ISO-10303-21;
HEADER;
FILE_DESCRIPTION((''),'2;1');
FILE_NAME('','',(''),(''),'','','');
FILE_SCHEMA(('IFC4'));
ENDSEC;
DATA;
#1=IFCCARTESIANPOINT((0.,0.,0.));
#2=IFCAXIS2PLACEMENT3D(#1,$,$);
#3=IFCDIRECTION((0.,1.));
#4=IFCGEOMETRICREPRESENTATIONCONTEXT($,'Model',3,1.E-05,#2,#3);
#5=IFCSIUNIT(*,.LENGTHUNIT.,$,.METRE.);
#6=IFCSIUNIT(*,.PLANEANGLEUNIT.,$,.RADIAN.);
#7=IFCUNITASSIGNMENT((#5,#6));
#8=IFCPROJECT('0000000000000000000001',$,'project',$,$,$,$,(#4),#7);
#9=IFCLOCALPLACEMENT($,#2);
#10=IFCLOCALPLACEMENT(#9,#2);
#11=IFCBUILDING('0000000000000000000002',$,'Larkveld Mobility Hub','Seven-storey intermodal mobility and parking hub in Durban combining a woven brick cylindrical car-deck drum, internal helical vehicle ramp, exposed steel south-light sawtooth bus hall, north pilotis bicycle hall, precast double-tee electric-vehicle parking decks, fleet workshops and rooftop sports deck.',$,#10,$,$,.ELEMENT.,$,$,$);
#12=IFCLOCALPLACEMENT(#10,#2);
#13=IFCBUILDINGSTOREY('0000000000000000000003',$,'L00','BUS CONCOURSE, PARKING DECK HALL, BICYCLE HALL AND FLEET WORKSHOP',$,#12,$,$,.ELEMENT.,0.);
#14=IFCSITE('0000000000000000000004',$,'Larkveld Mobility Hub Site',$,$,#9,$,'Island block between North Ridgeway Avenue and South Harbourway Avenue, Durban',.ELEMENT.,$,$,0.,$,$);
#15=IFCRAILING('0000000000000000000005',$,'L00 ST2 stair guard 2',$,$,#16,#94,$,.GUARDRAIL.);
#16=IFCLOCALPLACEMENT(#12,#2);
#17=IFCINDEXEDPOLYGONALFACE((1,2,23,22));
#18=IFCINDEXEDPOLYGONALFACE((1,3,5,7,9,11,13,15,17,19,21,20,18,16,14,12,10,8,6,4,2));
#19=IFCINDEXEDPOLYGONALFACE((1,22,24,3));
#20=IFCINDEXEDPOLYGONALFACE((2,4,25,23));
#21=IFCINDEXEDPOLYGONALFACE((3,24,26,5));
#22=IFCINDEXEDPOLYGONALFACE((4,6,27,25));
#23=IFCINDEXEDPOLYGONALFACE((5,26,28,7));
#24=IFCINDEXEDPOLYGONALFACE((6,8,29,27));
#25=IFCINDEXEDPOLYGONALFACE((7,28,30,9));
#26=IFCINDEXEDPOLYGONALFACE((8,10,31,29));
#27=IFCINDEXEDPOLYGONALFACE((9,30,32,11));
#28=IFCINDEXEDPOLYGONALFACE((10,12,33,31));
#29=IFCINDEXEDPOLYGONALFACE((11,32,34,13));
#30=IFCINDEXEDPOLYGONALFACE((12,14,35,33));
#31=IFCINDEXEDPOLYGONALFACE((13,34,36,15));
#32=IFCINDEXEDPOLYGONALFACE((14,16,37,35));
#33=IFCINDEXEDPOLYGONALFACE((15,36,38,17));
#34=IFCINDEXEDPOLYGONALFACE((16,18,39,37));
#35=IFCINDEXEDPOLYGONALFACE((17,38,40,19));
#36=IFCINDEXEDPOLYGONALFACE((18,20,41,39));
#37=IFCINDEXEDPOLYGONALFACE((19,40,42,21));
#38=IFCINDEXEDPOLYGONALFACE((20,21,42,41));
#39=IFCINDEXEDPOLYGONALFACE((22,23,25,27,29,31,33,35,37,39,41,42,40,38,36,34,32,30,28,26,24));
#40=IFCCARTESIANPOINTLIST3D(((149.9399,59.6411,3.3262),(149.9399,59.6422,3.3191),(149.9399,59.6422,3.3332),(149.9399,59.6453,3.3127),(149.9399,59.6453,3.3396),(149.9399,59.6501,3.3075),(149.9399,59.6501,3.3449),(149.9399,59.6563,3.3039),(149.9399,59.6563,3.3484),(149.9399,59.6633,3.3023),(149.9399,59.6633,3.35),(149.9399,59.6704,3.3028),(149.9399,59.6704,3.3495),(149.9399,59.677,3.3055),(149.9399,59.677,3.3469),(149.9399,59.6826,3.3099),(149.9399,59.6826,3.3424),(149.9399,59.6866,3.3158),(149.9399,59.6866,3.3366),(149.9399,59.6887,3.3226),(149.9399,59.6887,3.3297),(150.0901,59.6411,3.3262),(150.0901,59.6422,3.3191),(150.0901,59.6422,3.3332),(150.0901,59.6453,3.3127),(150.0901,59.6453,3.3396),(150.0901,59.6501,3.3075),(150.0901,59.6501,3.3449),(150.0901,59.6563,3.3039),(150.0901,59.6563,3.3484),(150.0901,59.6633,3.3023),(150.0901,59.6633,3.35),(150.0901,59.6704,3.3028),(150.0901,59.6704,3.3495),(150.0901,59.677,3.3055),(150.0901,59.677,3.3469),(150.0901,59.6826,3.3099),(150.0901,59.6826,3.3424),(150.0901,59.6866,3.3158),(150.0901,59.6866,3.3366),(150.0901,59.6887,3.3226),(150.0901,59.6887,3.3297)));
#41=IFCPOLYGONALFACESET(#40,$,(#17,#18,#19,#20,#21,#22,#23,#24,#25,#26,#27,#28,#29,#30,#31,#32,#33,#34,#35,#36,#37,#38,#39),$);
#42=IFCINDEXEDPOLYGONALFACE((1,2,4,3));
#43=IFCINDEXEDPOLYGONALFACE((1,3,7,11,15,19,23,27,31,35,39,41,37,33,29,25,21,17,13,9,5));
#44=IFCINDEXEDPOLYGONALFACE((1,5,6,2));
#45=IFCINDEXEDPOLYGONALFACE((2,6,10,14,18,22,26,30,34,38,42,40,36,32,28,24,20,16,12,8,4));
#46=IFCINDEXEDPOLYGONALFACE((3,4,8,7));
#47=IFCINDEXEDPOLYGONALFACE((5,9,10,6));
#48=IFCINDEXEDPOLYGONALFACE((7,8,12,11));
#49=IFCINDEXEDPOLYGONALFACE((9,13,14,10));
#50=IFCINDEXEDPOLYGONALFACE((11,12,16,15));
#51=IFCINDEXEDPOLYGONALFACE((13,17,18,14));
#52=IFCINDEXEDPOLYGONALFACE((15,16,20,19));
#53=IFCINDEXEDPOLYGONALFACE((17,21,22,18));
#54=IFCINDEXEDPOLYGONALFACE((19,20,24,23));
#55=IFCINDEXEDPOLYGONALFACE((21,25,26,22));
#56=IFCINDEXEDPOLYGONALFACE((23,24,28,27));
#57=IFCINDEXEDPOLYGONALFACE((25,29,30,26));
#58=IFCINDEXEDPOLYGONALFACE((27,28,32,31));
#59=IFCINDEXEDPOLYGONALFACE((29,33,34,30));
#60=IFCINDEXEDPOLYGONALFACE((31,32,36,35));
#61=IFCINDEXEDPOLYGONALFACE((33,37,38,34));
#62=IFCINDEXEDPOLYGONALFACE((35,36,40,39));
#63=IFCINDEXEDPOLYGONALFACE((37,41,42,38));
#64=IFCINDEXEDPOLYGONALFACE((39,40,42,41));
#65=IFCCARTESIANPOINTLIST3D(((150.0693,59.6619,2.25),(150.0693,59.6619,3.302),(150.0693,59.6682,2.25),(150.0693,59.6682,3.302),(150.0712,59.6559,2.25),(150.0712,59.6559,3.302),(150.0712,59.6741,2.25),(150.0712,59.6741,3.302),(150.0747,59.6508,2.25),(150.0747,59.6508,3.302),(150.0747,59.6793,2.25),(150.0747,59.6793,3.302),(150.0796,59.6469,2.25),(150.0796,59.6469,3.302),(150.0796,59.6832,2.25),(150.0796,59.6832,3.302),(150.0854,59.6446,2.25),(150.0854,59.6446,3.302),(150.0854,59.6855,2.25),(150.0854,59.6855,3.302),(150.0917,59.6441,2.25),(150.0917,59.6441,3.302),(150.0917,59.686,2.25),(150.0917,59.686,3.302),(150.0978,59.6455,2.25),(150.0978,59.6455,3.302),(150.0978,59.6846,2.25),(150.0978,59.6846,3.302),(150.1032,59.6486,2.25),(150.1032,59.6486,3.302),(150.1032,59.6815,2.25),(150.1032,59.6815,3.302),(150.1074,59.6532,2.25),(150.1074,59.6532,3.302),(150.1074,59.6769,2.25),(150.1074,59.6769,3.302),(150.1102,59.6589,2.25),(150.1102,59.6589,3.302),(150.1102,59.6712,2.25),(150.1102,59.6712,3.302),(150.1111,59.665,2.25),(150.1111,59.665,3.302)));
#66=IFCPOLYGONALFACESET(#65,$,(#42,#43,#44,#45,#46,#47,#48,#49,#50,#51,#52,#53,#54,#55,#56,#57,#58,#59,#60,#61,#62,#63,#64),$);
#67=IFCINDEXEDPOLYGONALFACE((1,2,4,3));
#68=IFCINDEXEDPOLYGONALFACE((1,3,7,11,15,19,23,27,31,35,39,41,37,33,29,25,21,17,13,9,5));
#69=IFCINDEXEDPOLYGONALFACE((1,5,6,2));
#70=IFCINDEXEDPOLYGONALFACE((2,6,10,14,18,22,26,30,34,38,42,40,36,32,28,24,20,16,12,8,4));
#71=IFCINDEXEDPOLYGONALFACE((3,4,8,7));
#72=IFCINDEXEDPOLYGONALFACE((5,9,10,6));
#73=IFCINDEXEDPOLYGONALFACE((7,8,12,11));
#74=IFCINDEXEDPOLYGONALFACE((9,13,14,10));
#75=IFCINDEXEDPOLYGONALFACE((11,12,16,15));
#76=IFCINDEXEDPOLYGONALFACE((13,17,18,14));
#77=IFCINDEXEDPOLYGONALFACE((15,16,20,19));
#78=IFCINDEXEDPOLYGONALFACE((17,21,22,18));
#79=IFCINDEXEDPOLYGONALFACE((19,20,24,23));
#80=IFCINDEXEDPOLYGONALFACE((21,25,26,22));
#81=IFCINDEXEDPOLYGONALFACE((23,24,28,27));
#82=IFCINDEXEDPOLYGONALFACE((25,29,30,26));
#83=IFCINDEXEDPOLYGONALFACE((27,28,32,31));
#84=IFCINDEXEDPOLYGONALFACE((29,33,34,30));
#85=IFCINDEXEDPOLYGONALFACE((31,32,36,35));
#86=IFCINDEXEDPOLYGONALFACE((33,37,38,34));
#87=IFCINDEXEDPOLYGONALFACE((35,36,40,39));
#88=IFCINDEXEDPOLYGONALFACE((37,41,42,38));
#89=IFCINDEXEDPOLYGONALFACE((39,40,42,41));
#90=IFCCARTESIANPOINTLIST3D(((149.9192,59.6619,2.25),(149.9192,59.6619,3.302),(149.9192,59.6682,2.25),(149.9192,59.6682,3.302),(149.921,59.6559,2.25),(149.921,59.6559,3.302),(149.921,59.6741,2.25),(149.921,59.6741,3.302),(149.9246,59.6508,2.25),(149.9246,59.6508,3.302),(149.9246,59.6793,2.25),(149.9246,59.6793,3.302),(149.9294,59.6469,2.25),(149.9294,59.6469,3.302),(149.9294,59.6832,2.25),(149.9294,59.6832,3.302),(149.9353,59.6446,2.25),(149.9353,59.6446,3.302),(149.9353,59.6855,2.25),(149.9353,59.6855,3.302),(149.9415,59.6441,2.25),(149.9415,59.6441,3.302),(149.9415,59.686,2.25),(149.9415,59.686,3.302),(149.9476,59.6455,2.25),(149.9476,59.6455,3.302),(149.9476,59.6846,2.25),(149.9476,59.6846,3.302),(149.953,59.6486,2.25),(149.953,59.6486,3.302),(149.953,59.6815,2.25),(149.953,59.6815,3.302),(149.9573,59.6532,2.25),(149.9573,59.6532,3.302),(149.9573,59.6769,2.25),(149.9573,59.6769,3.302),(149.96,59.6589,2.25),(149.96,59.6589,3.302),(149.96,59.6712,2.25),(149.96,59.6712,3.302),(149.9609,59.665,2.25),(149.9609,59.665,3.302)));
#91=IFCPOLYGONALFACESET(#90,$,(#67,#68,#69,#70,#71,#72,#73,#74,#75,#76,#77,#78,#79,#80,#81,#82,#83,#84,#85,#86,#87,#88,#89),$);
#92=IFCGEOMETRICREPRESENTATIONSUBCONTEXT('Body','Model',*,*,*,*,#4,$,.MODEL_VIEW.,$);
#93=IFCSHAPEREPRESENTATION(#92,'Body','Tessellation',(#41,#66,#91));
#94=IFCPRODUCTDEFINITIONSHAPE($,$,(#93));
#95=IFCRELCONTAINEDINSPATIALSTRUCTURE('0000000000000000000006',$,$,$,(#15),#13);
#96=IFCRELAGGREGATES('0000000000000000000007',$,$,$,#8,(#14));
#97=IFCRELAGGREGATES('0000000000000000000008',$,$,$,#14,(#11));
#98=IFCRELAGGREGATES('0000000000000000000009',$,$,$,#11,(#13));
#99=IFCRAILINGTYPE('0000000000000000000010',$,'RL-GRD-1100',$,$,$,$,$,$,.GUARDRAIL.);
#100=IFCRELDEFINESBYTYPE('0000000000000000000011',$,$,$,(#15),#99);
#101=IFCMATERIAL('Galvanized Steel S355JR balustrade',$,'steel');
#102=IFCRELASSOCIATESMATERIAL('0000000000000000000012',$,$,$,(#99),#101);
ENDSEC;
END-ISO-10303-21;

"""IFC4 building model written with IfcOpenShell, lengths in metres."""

from ifc_helpers import new_model, si_unit, direction, frame, origin, origin_2d, place, context, subcontext, project, spatial, circle, extrude, material, type_object, element, save


model = new_model("IFC4")

# Units and contexts
model_context = context("Model", 3, precision=1e-05, world=origin(), true_north=direction((0.0, 1.0)))
body_context = subcontext(model_context, "Body", "Model", "MODEL_VIEW")
ifc_project = project(units=[si_unit("LENGTHUNIT", "METRE"), si_unit("PLANEANGLEUNIT", "RADIAN")], contexts=[model_context])

# Site, building, storey
site_placement = place(None, origin())
site = spatial("IfcSite", under=ifc_project, at=site_placement, Name="Larkveld Mobility Hub Site", LongName="Island block between North Ridgeway Avenue and South Harbourway Avenue, Durban", CompositionType="ELEMENT", RefElevation=0.0)
building_placement = place(site_placement, origin())
building = spatial("IfcBuilding", under=site, at=building_placement, Name="Larkveld Mobility Hub", Description="Seven-storey intermodal mobility and parking hub in Durban combining a woven brick cylindrical car-deck drum, internal helical vehicle ramp, exposed steel south-light sawtooth bus hall, north pilotis bicycle hall, precast double-tee electric-vehicle parking decks, fleet workshops and rooftop sports deck.", CompositionType="ELEMENT")
storey_placement = place(building_placement, origin())
storey = spatial("IfcBuildingStorey", under=building, at=storey_placement, Name="L00", Description="BUS CONCOURSE, PARKING DECK HALL, BICYCLE HALL AND FLEET WORKSHOP", CompositionType="ELEMENT", Elevation=0.0)

# Railing
ifc_material_1 = material(Name="Galvanized Steel S355JR balustrade", Category="steel")
railing_type_1 = type_object("IfcRailingType", Name="RL-GRD-1100", PredefinedType="GUARDRAIL", material=ifc_material_1)
railing_1_placement = place(storey_placement, frame((150.0901, 59.665, 2.25)))
element("IfcRailing", 1, at=railing_1_placement, inside=storey, type_object=railing_type_1, Name="L00 ST2 stair guard 2", PredefinedType="GUARDRAIL", context=body_context, shape_type="SweptSolid", body=[
    extrude(circle(Radius=0.0239, at=origin_2d()), frame((0.0, 0.0, 1.0762), z_axis=(-1.0, 0.0, 0.0), x_axis=(0.0, -1.0, 0.0)), (0.0, 0.0, 1.0), 0.1501),
    extrude(circle(Radius=0.021, at=origin_2d()), origin(), (0.0, 0.0, 1.0), 1.052),
    extrude(circle(Radius=0.021, at=origin_2d()), frame((-0.1501, 0.0, 0.0)), (0.0, 0.0, 1.0), 1.052),
])

save(model, "model.ifc")
